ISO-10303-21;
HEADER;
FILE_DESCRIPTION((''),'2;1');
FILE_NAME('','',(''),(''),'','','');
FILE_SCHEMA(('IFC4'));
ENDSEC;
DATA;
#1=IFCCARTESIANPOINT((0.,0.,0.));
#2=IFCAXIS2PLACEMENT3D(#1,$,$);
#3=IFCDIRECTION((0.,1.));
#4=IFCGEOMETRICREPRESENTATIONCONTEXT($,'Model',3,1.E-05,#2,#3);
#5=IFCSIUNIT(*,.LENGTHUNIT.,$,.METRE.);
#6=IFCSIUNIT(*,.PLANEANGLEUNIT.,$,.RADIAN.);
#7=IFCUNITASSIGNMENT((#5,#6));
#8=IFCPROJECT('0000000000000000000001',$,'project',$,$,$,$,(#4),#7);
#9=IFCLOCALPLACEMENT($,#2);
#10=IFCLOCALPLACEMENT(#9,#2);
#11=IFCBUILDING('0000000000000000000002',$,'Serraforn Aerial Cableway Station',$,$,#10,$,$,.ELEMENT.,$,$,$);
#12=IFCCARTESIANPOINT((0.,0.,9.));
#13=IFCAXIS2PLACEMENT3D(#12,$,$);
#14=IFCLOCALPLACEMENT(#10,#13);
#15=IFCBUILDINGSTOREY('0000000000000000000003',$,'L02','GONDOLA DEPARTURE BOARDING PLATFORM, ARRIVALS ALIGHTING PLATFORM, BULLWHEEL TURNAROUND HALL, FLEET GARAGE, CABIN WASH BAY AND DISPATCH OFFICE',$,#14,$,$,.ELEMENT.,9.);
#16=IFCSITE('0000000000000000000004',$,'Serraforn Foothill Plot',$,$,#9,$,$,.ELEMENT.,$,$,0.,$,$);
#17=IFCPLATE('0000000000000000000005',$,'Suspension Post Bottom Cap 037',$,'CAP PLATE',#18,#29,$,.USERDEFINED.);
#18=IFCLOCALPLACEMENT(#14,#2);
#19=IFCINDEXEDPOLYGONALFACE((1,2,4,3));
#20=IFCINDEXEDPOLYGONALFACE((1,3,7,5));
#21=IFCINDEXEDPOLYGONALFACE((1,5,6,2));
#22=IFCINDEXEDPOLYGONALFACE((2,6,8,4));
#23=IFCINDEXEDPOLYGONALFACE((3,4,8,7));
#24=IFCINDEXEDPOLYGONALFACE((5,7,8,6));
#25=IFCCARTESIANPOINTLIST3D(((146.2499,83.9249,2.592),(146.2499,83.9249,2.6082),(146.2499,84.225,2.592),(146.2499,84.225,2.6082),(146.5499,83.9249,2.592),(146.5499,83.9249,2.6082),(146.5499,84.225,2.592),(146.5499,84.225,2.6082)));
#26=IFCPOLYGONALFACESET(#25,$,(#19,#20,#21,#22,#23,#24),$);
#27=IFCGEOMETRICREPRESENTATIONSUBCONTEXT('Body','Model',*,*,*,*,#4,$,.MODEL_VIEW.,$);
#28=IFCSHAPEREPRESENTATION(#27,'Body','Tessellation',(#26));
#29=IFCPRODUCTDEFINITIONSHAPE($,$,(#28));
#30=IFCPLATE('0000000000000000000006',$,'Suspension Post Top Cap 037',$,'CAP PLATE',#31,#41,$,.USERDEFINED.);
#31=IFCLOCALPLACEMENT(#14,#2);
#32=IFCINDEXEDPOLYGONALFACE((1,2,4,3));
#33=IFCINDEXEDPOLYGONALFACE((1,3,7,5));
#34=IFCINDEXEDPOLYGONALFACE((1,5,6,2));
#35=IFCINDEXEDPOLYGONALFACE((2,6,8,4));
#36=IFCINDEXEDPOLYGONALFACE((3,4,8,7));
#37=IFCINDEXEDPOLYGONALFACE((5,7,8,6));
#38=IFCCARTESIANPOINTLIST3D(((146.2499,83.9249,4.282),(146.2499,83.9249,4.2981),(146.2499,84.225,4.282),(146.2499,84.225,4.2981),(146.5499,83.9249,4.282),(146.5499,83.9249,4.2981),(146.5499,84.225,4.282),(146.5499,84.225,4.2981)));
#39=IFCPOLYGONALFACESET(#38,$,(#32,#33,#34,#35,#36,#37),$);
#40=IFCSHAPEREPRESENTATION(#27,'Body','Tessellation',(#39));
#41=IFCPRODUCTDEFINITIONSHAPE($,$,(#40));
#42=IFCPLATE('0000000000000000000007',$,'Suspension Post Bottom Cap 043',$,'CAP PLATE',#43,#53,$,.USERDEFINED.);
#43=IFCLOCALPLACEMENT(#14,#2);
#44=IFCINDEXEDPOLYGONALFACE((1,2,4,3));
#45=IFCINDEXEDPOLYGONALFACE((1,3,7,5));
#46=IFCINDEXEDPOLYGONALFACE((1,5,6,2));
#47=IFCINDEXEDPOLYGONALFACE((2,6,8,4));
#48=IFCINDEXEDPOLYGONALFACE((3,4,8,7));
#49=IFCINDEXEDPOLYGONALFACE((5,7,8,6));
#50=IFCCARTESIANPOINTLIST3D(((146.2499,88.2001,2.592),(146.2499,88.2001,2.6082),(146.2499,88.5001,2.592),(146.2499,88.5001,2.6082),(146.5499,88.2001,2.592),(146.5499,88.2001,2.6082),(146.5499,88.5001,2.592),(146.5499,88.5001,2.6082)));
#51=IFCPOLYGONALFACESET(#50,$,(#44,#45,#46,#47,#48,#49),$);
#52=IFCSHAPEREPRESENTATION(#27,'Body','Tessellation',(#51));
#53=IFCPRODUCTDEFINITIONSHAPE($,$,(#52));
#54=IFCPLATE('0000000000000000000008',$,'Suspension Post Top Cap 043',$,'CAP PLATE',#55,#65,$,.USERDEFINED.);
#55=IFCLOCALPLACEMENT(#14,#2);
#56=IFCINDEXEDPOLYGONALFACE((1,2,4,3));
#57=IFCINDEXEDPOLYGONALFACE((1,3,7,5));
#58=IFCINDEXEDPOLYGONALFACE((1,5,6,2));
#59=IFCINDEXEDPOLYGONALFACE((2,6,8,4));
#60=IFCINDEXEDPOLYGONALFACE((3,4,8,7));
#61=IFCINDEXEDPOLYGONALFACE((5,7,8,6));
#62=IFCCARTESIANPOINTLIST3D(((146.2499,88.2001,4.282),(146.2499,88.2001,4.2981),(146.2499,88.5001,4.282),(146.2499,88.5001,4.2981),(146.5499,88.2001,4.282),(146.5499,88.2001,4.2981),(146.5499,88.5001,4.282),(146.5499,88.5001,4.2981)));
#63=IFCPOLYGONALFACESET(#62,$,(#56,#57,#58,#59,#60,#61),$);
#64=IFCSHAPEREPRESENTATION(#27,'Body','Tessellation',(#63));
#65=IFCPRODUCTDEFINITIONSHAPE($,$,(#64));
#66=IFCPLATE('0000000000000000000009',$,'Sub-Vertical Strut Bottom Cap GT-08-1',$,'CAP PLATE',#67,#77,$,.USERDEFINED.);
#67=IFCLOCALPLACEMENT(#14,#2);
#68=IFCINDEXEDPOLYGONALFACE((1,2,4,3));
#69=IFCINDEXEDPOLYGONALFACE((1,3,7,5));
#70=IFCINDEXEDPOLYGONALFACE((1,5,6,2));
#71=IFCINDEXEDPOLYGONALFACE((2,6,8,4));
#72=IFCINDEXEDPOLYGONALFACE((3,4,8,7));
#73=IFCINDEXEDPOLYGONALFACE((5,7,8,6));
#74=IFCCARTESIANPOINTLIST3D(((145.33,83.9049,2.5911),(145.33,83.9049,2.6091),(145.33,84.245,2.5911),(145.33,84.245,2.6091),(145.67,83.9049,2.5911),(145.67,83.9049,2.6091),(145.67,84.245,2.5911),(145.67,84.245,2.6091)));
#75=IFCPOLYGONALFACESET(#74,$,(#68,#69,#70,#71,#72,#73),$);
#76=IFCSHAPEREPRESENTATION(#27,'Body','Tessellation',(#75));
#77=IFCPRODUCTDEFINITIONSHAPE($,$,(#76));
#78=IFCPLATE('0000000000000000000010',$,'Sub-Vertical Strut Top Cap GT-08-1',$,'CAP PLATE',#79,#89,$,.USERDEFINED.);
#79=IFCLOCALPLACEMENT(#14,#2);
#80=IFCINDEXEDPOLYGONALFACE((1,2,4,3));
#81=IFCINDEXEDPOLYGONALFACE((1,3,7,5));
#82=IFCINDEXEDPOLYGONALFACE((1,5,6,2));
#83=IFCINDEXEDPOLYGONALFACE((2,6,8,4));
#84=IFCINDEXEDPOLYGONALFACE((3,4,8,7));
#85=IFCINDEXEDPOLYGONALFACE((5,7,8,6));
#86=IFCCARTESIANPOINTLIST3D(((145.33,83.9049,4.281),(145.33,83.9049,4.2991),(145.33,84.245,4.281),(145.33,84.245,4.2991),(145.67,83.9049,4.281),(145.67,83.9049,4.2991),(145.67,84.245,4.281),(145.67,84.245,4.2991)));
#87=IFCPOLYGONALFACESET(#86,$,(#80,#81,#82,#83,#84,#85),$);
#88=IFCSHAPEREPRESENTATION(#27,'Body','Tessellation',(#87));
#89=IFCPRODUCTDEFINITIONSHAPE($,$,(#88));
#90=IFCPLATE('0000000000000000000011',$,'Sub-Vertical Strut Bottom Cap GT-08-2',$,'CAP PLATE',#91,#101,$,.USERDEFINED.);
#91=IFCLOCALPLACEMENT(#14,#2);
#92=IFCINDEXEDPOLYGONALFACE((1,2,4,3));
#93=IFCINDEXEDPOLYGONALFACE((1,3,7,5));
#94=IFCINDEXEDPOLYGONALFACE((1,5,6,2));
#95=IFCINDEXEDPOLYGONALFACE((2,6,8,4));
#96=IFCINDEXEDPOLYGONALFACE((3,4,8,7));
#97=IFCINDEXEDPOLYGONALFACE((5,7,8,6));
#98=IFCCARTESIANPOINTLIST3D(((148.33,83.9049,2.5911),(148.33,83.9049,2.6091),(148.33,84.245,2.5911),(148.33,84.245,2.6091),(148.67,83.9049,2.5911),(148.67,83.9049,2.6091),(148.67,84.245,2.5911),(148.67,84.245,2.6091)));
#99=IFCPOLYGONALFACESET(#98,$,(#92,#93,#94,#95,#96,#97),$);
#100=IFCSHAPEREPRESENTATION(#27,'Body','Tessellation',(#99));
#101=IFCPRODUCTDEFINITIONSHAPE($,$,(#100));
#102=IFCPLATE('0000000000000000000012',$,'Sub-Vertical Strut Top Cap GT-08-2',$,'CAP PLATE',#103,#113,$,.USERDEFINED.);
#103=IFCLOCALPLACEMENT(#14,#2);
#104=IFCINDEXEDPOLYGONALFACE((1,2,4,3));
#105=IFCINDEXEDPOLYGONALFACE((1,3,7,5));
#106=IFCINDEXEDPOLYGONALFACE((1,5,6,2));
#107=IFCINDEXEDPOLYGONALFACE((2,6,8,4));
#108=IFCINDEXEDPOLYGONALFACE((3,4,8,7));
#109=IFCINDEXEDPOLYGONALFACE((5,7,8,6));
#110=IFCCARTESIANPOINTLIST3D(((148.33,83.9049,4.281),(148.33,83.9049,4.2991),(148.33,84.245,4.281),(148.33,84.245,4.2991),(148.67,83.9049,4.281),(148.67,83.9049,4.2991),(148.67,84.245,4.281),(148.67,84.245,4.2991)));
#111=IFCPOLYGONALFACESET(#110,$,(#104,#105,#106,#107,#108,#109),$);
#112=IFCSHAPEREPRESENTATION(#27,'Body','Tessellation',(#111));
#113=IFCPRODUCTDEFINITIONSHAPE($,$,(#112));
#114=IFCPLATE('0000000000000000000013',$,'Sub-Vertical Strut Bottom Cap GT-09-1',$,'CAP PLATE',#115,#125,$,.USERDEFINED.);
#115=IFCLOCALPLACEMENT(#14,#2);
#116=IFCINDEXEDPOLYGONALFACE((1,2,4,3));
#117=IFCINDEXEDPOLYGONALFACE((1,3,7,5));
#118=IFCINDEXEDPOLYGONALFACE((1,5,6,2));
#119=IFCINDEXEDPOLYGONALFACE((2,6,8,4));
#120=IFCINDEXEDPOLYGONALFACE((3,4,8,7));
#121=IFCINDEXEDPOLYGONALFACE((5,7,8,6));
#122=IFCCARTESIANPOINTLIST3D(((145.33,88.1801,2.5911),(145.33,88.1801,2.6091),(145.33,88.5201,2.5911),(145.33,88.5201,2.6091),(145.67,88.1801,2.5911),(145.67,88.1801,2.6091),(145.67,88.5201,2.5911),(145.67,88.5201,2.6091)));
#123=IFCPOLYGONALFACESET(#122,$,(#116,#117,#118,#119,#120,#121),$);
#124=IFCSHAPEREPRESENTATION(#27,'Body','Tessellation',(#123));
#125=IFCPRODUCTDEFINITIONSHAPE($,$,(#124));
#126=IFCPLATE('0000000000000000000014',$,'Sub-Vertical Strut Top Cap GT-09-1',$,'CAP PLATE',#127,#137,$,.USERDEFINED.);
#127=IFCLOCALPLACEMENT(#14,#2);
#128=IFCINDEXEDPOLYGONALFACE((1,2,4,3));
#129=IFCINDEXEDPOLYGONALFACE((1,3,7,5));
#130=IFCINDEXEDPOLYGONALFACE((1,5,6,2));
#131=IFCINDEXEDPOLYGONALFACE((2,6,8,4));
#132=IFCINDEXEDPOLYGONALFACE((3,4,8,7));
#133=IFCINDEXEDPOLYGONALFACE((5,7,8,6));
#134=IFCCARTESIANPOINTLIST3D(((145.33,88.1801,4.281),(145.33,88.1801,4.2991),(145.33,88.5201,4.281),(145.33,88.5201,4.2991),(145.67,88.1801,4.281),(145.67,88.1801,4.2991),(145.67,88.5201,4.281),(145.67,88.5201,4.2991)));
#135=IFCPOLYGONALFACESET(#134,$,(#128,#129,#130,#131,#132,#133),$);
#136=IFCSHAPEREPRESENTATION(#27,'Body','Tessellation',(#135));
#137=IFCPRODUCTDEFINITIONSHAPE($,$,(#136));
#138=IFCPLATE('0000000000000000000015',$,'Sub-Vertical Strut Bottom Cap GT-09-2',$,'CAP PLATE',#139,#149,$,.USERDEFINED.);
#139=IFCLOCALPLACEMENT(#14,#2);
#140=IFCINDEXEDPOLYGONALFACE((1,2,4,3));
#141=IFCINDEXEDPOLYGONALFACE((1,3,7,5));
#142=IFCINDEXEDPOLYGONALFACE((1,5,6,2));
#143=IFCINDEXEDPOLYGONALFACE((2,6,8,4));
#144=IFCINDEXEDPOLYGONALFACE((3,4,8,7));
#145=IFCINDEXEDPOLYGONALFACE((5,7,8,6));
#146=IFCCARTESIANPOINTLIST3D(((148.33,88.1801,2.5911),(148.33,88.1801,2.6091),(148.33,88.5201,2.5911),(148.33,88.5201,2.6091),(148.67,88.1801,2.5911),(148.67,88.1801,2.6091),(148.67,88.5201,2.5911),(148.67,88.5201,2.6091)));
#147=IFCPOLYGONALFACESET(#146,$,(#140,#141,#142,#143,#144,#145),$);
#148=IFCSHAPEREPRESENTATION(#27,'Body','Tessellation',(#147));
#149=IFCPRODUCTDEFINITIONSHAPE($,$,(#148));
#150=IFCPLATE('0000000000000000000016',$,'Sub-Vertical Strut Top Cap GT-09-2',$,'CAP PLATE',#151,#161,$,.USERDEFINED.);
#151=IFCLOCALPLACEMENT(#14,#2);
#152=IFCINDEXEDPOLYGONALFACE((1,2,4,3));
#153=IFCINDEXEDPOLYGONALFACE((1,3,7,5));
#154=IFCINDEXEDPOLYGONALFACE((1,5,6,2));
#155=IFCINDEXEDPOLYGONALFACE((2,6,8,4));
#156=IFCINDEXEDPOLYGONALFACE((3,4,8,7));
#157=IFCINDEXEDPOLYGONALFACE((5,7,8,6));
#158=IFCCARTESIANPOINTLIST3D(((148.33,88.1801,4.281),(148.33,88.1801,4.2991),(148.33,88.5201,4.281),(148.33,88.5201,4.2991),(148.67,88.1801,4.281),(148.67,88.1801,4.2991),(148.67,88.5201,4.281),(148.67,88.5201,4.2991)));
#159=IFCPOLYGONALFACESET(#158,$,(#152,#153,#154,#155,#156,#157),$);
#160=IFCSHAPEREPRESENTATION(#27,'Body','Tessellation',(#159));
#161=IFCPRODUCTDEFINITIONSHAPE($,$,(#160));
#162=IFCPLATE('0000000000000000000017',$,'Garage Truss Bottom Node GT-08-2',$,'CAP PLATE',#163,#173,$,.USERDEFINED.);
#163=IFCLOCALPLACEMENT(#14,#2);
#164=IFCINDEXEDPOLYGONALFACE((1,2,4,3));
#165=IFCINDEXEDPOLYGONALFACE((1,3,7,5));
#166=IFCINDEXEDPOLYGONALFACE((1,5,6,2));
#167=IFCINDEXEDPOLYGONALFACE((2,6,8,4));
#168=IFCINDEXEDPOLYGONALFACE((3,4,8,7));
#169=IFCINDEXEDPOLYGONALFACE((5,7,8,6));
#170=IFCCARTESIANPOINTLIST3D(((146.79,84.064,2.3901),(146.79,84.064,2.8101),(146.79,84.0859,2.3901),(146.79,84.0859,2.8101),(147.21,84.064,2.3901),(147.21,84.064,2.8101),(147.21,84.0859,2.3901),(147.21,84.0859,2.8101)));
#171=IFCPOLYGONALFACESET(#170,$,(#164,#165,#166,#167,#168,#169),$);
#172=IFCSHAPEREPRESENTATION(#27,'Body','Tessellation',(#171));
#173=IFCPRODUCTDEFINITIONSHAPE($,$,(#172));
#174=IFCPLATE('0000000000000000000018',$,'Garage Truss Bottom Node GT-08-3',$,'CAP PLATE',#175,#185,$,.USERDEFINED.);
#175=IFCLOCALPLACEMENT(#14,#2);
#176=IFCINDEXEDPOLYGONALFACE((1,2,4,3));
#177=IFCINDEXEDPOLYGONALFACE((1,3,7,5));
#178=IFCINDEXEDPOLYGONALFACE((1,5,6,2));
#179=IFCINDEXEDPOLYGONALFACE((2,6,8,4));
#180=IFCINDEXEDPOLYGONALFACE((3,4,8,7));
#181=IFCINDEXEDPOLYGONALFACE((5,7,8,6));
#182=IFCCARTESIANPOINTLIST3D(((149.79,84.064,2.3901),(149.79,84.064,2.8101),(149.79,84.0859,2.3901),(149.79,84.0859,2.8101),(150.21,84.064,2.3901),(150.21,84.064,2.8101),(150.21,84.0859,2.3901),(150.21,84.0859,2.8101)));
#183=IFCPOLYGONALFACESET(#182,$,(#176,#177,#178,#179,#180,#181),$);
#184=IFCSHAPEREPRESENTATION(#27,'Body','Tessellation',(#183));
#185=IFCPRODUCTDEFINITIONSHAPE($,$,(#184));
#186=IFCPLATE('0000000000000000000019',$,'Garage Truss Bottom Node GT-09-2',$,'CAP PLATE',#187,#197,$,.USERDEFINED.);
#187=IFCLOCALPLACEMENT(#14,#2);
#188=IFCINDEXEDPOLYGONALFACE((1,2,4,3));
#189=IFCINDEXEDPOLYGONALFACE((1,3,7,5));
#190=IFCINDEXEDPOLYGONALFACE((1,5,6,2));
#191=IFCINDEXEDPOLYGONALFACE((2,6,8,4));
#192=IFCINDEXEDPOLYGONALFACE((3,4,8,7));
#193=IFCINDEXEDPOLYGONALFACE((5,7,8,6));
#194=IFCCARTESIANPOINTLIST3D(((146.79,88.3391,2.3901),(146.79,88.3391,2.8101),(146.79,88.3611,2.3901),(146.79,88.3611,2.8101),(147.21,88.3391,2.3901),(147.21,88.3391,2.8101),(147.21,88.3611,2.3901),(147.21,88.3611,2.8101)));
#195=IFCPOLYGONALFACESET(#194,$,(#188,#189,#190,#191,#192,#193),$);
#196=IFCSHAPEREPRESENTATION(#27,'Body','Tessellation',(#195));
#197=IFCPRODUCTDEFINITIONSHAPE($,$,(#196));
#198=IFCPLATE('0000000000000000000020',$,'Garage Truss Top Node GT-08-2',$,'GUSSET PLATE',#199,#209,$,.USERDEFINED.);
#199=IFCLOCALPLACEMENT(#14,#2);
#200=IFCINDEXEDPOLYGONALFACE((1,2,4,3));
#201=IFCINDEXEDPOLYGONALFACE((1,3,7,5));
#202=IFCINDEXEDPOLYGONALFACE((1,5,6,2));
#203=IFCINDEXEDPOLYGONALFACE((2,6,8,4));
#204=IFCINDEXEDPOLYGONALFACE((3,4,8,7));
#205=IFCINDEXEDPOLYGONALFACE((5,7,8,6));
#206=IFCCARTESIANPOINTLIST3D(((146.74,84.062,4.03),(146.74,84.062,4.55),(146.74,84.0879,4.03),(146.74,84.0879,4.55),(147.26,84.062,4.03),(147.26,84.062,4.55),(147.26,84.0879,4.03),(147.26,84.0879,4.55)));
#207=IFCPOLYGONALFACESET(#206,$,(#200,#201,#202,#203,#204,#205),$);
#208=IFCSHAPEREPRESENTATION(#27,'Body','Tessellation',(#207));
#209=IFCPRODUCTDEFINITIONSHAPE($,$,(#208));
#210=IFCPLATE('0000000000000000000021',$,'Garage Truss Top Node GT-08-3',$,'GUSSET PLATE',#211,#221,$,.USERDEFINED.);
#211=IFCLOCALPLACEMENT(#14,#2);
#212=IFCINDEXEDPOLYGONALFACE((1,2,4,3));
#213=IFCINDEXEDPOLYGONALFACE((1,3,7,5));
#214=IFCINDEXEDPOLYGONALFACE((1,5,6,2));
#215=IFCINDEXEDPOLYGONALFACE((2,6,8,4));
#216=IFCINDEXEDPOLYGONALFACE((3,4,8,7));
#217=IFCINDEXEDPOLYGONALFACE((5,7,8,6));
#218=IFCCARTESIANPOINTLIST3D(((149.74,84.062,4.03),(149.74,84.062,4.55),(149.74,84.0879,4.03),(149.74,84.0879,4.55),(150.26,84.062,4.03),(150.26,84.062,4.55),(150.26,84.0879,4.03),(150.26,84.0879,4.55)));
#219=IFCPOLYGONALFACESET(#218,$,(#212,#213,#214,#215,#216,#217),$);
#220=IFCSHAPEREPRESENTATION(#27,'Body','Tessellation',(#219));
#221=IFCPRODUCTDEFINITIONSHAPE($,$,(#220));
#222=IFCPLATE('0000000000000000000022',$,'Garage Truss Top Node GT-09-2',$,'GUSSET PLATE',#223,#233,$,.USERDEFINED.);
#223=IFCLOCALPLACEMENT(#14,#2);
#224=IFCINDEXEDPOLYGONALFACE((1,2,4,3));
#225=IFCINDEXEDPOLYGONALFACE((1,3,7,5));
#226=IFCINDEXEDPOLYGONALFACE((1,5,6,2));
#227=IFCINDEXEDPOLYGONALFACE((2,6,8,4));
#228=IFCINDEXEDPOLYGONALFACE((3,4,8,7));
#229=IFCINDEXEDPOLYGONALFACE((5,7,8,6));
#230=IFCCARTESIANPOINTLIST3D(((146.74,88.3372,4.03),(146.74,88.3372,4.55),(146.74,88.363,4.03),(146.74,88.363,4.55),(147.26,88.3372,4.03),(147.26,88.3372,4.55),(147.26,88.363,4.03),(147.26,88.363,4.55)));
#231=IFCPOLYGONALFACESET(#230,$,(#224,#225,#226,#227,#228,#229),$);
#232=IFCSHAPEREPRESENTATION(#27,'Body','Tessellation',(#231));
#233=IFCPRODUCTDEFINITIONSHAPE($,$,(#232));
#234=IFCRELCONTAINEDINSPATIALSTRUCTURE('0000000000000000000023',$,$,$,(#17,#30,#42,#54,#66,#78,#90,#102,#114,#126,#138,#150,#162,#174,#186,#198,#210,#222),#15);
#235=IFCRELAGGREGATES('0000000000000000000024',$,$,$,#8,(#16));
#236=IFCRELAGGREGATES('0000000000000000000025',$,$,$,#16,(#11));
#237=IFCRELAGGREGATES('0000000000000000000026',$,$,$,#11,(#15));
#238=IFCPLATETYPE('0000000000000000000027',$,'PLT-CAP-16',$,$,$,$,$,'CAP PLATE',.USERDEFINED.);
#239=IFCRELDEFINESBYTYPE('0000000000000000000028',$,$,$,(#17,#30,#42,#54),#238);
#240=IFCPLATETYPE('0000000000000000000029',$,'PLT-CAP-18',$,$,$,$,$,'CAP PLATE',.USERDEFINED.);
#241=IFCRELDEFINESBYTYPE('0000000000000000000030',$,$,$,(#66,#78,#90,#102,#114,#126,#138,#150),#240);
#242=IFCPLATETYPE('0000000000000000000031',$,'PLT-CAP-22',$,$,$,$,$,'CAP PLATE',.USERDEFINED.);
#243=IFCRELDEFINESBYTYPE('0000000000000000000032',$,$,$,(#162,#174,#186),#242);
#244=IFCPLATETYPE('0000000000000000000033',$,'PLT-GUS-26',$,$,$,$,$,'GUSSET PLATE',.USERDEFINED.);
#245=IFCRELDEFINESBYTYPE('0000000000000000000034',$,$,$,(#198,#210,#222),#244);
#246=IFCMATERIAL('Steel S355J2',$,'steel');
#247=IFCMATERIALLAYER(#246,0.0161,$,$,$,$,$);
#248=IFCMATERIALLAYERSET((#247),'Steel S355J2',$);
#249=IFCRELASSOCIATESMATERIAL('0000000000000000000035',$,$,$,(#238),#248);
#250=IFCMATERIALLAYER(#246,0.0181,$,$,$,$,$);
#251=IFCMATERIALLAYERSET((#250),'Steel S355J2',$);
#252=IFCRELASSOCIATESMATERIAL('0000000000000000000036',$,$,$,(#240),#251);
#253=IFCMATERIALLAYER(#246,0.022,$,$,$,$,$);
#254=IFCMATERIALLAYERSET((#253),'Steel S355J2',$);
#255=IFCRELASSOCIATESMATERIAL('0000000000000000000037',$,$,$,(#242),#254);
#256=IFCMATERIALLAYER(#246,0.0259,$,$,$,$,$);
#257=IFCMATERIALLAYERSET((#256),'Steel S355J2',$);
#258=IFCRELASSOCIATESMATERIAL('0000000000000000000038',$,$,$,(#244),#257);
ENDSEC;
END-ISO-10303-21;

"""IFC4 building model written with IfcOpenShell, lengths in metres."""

from ifc_helpers import new_model, si_unit, direction, frame, origin, origin_2d, place, context, subcontext, project, spatial, rectangle, extrude, material, layer, layer_set, type_object, element, save


model = new_model("IFC4")

# Units and contexts
model_context = context("Model", 3, precision=1e-05, world=origin(), true_north=direction((0.0, 1.0)))
body_context = subcontext(model_context, "Body", "Model", "MODEL_VIEW")
ifc_project = project(units=[si_unit("LENGTHUNIT", "METRE"), si_unit("PLANEANGLEUNIT", "RADIAN")], contexts=[model_context])

# Site, building, storey
site_placement = place(None, origin())
site = spatial("IfcSite", under=ifc_project, at=site_placement, Name="Serraforn Foothill Plot", CompositionType="ELEMENT", RefElevation=0.0)
building_placement = place(site_placement, origin())
building = spatial("IfcBuilding", under=site, at=building_placement, Name="Serraforn Aerial Cableway Station", CompositionType="ELEMENT")
storey_placement = place(building_placement, frame((0.0, 0.0, 9.0)))
storey = spatial("IfcBuildingStorey", under=building, at=storey_placement, Name="L02", Description="GONDOLA DEPARTURE BOARDING PLATFORM, ARRIVALS ALIGHTING PLATFORM, BULLWHEEL TURNAROUND HALL, FLEET GARAGE, CABIN WASH BAY AND DISPATCH OFFICE", CompositionType="ELEMENT", Elevation=9.0)

# Shared definitions
ifc_material_1 = material(Name="Steel S355J2", Category="steel")

# Plates
ifc_layer_1 = layer(ifc_material_1, 0.0161)
ifc_layer_set_1 = layer_set([ifc_layer_1], Name="Steel S355J2")
plate_type_1 = type_object("IfcPlateType", Name="PLT-CAP-16", ElementType="CAP PLATE", PredefinedType="USERDEFINED", material=ifc_layer_set_1)
for number, where, z_axis, x_axis, name in (
    (1, (146.3999, 84.075, 2.592), (0.0, 0.0, 1.0), (1.0, 0.0, 0.0), "Suspension Post Bottom Cap 037"),
    (2, (146.3999, 84.075, 4.282), (0.0, 0.0, 1.0), (1.0, 0.0, 0.0), "Suspension Post Top Cap 037"),
    (3, (146.3999, 88.3501, 2.592), (0.0, 0.0, 1.0), (1.0, 0.0, 0.0), "Suspension Post Bottom Cap 043"),
    (4, (146.3999, 88.3501, 4.282), (0.0, 0.0, 1.0), (1.0, 0.0, 0.0), "Suspension Post Top Cap 043"),
):
    element("IfcPlate", number, at=place(storey_placement, frame(where, z_axis=z_axis, x_axis=x_axis)), inside=storey, type_object=plate_type_1, Name=name, ObjectType="CAP PLATE", PredefinedType="USERDEFINED", context=body_context, shape_type="SweptSolid", body=[
        extrude(rectangle(XDim=0.3, YDim=0.3, at=origin_2d()), origin(), (0.0, 0.0, 1.0), 0.0161),
    ])
ifc_layer_2 = layer(ifc_material_1, 0.0181)
ifc_layer_set_2 = layer_set([ifc_layer_2], Name="Steel S355J2")
plate_type_2 = type_object("IfcPlateType", Name="PLT-CAP-18", ElementType="CAP PLATE", PredefinedType="USERDEFINED", material=ifc_layer_set_2)
for number, where, z_axis, x_axis, name in (
    (5, (145.5, 84.075, 2.5911), (0.0, 0.0, 1.0), (1.0, 0.0, 0.0), "Sub-Vertical Strut Bottom Cap GT-08-1"),
    (6, (145.5, 84.075, 4.281), (0.0, 0.0, 1.0), (1.0, 0.0, 0.0), "Sub-Vertical Strut Top Cap GT-08-1"),
    (7, (148.5, 84.075, 2.5911), (0.0, 0.0, 1.0), (1.0, 0.0, 0.0), "Sub-Vertical Strut Bottom Cap GT-08-2"),
    (8, (148.5, 84.075, 4.281), (0.0, 0.0, 1.0), (1.0, 0.0, 0.0), "Sub-Vertical Strut Top Cap GT-08-2"),
    (9, (145.5, 88.3501, 2.5911), (0.0, 0.0, 1.0), (1.0, 0.0, 0.0), "Sub-Vertical Strut Bottom Cap GT-09-1"),
    (10, (145.5, 88.3501, 4.281), (0.0, 0.0, 1.0), (1.0, 0.0, 0.0), "Sub-Vertical Strut Top Cap GT-09-1"),
    (11, (148.5, 88.3501, 2.5911), (0.0, 0.0, 1.0), (1.0, 0.0, 0.0), "Sub-Vertical Strut Bottom Cap GT-09-2"),
    (12, (148.5, 88.3501, 4.281), (0.0, 0.0, 1.0), (1.0, 0.0, 0.0), "Sub-Vertical Strut Top Cap GT-09-2"),
):
    element("IfcPlate", number, at=place(storey_placement, frame(where, z_axis=z_axis, x_axis=x_axis)), inside=storey, type_object=plate_type_2, Name=name, ObjectType="CAP PLATE", PredefinedType="USERDEFINED", context=body_context, shape_type="SweptSolid", body=[
        extrude(rectangle(XDim=0.3401, YDim=0.3401, at=origin_2d()), origin(), (0.0, 0.0, 1.0), 0.0181),
    ])
ifc_layer_3 = layer(ifc_material_1, 0.022)
ifc_layer_set_3 = layer_set([ifc_layer_3], Name="Steel S355J2")
plate_type_3 = type_object("IfcPlateType", Name="PLT-CAP-22", ElementType="CAP PLATE", PredefinedType="USERDEFINED", material=ifc_layer_set_3)
for number, where, z_axis, x_axis, name in (
    (13, (147.0, 84.075, 2.3901), (0.0, 0.0, 1.0), (1.0, 0.0, 0.0), "Garage Truss Bottom Node GT-08-2"),
    (14, (150.0, 84.075, 2.3901), (0.0, 0.0, 1.0), (1.0, 0.0, 0.0), "Garage Truss Bottom Node GT-08-3"),
    (15, (147.0, 88.3501, 2.3901), (0.0, 0.0, 1.0), (1.0, 0.0, 0.0), "Garage Truss Bottom Node GT-09-2"),
):
    element("IfcPlate", number, at=place(storey_placement, frame(where, z_axis=z_axis, x_axis=x_axis)), inside=storey, type_object=plate_type_3, Name=name, ObjectType="CAP PLATE", PredefinedType="USERDEFINED", context=body_context, shape_type="SweptSolid", body=[
        extrude(rectangle(XDim=0.4199, YDim=0.022, at=origin_2d()), origin(), (0.0, 0.0, 1.0), 0.4199),
    ])
ifc_layer_4 = layer(ifc_material_1, 0.0259)
ifc_layer_set_4 = layer_set([ifc_layer_4], Name="Steel S355J2")
plate_type_4 = type_object("IfcPlateType", Name="PLT-GUS-26", ElementType="GUSSET PLATE", PredefinedType="USERDEFINED", material=ifc_layer_set_4)
for number, where, z_axis, x_axis, name in (
    (16, (147.0, 84.075, 4.03), (0.0, 0.0, 1.0), (1.0, 0.0, 0.0), "Garage Truss Top Node GT-08-2"),
    (17, (150.0, 84.075, 4.03), (0.0, 0.0, 1.0), (1.0, 0.0, 0.0), "Garage Truss Top Node GT-08-3"),
    (18, (147.0, 88.3501, 4.03), (0.0, 0.0, 1.0), (1.0, 0.0, 0.0), "Garage Truss Top Node GT-09-2"),
):
    element("IfcPlate", number, at=place(storey_placement, frame(where, z_axis=z_axis, x_axis=x_axis)), inside=storey, type_object=plate_type_4, Name=name, ObjectType="GUSSET PLATE", PredefinedType="USERDEFINED", context=body_context, shape_type="SweptSolid", body=[
        extrude(rectangle(XDim=0.52, YDim=0.0259, at=origin_2d()), origin(), (0.0, 0.0, 1.0), 0.52),
    ])

save(model, "model.ifc")
